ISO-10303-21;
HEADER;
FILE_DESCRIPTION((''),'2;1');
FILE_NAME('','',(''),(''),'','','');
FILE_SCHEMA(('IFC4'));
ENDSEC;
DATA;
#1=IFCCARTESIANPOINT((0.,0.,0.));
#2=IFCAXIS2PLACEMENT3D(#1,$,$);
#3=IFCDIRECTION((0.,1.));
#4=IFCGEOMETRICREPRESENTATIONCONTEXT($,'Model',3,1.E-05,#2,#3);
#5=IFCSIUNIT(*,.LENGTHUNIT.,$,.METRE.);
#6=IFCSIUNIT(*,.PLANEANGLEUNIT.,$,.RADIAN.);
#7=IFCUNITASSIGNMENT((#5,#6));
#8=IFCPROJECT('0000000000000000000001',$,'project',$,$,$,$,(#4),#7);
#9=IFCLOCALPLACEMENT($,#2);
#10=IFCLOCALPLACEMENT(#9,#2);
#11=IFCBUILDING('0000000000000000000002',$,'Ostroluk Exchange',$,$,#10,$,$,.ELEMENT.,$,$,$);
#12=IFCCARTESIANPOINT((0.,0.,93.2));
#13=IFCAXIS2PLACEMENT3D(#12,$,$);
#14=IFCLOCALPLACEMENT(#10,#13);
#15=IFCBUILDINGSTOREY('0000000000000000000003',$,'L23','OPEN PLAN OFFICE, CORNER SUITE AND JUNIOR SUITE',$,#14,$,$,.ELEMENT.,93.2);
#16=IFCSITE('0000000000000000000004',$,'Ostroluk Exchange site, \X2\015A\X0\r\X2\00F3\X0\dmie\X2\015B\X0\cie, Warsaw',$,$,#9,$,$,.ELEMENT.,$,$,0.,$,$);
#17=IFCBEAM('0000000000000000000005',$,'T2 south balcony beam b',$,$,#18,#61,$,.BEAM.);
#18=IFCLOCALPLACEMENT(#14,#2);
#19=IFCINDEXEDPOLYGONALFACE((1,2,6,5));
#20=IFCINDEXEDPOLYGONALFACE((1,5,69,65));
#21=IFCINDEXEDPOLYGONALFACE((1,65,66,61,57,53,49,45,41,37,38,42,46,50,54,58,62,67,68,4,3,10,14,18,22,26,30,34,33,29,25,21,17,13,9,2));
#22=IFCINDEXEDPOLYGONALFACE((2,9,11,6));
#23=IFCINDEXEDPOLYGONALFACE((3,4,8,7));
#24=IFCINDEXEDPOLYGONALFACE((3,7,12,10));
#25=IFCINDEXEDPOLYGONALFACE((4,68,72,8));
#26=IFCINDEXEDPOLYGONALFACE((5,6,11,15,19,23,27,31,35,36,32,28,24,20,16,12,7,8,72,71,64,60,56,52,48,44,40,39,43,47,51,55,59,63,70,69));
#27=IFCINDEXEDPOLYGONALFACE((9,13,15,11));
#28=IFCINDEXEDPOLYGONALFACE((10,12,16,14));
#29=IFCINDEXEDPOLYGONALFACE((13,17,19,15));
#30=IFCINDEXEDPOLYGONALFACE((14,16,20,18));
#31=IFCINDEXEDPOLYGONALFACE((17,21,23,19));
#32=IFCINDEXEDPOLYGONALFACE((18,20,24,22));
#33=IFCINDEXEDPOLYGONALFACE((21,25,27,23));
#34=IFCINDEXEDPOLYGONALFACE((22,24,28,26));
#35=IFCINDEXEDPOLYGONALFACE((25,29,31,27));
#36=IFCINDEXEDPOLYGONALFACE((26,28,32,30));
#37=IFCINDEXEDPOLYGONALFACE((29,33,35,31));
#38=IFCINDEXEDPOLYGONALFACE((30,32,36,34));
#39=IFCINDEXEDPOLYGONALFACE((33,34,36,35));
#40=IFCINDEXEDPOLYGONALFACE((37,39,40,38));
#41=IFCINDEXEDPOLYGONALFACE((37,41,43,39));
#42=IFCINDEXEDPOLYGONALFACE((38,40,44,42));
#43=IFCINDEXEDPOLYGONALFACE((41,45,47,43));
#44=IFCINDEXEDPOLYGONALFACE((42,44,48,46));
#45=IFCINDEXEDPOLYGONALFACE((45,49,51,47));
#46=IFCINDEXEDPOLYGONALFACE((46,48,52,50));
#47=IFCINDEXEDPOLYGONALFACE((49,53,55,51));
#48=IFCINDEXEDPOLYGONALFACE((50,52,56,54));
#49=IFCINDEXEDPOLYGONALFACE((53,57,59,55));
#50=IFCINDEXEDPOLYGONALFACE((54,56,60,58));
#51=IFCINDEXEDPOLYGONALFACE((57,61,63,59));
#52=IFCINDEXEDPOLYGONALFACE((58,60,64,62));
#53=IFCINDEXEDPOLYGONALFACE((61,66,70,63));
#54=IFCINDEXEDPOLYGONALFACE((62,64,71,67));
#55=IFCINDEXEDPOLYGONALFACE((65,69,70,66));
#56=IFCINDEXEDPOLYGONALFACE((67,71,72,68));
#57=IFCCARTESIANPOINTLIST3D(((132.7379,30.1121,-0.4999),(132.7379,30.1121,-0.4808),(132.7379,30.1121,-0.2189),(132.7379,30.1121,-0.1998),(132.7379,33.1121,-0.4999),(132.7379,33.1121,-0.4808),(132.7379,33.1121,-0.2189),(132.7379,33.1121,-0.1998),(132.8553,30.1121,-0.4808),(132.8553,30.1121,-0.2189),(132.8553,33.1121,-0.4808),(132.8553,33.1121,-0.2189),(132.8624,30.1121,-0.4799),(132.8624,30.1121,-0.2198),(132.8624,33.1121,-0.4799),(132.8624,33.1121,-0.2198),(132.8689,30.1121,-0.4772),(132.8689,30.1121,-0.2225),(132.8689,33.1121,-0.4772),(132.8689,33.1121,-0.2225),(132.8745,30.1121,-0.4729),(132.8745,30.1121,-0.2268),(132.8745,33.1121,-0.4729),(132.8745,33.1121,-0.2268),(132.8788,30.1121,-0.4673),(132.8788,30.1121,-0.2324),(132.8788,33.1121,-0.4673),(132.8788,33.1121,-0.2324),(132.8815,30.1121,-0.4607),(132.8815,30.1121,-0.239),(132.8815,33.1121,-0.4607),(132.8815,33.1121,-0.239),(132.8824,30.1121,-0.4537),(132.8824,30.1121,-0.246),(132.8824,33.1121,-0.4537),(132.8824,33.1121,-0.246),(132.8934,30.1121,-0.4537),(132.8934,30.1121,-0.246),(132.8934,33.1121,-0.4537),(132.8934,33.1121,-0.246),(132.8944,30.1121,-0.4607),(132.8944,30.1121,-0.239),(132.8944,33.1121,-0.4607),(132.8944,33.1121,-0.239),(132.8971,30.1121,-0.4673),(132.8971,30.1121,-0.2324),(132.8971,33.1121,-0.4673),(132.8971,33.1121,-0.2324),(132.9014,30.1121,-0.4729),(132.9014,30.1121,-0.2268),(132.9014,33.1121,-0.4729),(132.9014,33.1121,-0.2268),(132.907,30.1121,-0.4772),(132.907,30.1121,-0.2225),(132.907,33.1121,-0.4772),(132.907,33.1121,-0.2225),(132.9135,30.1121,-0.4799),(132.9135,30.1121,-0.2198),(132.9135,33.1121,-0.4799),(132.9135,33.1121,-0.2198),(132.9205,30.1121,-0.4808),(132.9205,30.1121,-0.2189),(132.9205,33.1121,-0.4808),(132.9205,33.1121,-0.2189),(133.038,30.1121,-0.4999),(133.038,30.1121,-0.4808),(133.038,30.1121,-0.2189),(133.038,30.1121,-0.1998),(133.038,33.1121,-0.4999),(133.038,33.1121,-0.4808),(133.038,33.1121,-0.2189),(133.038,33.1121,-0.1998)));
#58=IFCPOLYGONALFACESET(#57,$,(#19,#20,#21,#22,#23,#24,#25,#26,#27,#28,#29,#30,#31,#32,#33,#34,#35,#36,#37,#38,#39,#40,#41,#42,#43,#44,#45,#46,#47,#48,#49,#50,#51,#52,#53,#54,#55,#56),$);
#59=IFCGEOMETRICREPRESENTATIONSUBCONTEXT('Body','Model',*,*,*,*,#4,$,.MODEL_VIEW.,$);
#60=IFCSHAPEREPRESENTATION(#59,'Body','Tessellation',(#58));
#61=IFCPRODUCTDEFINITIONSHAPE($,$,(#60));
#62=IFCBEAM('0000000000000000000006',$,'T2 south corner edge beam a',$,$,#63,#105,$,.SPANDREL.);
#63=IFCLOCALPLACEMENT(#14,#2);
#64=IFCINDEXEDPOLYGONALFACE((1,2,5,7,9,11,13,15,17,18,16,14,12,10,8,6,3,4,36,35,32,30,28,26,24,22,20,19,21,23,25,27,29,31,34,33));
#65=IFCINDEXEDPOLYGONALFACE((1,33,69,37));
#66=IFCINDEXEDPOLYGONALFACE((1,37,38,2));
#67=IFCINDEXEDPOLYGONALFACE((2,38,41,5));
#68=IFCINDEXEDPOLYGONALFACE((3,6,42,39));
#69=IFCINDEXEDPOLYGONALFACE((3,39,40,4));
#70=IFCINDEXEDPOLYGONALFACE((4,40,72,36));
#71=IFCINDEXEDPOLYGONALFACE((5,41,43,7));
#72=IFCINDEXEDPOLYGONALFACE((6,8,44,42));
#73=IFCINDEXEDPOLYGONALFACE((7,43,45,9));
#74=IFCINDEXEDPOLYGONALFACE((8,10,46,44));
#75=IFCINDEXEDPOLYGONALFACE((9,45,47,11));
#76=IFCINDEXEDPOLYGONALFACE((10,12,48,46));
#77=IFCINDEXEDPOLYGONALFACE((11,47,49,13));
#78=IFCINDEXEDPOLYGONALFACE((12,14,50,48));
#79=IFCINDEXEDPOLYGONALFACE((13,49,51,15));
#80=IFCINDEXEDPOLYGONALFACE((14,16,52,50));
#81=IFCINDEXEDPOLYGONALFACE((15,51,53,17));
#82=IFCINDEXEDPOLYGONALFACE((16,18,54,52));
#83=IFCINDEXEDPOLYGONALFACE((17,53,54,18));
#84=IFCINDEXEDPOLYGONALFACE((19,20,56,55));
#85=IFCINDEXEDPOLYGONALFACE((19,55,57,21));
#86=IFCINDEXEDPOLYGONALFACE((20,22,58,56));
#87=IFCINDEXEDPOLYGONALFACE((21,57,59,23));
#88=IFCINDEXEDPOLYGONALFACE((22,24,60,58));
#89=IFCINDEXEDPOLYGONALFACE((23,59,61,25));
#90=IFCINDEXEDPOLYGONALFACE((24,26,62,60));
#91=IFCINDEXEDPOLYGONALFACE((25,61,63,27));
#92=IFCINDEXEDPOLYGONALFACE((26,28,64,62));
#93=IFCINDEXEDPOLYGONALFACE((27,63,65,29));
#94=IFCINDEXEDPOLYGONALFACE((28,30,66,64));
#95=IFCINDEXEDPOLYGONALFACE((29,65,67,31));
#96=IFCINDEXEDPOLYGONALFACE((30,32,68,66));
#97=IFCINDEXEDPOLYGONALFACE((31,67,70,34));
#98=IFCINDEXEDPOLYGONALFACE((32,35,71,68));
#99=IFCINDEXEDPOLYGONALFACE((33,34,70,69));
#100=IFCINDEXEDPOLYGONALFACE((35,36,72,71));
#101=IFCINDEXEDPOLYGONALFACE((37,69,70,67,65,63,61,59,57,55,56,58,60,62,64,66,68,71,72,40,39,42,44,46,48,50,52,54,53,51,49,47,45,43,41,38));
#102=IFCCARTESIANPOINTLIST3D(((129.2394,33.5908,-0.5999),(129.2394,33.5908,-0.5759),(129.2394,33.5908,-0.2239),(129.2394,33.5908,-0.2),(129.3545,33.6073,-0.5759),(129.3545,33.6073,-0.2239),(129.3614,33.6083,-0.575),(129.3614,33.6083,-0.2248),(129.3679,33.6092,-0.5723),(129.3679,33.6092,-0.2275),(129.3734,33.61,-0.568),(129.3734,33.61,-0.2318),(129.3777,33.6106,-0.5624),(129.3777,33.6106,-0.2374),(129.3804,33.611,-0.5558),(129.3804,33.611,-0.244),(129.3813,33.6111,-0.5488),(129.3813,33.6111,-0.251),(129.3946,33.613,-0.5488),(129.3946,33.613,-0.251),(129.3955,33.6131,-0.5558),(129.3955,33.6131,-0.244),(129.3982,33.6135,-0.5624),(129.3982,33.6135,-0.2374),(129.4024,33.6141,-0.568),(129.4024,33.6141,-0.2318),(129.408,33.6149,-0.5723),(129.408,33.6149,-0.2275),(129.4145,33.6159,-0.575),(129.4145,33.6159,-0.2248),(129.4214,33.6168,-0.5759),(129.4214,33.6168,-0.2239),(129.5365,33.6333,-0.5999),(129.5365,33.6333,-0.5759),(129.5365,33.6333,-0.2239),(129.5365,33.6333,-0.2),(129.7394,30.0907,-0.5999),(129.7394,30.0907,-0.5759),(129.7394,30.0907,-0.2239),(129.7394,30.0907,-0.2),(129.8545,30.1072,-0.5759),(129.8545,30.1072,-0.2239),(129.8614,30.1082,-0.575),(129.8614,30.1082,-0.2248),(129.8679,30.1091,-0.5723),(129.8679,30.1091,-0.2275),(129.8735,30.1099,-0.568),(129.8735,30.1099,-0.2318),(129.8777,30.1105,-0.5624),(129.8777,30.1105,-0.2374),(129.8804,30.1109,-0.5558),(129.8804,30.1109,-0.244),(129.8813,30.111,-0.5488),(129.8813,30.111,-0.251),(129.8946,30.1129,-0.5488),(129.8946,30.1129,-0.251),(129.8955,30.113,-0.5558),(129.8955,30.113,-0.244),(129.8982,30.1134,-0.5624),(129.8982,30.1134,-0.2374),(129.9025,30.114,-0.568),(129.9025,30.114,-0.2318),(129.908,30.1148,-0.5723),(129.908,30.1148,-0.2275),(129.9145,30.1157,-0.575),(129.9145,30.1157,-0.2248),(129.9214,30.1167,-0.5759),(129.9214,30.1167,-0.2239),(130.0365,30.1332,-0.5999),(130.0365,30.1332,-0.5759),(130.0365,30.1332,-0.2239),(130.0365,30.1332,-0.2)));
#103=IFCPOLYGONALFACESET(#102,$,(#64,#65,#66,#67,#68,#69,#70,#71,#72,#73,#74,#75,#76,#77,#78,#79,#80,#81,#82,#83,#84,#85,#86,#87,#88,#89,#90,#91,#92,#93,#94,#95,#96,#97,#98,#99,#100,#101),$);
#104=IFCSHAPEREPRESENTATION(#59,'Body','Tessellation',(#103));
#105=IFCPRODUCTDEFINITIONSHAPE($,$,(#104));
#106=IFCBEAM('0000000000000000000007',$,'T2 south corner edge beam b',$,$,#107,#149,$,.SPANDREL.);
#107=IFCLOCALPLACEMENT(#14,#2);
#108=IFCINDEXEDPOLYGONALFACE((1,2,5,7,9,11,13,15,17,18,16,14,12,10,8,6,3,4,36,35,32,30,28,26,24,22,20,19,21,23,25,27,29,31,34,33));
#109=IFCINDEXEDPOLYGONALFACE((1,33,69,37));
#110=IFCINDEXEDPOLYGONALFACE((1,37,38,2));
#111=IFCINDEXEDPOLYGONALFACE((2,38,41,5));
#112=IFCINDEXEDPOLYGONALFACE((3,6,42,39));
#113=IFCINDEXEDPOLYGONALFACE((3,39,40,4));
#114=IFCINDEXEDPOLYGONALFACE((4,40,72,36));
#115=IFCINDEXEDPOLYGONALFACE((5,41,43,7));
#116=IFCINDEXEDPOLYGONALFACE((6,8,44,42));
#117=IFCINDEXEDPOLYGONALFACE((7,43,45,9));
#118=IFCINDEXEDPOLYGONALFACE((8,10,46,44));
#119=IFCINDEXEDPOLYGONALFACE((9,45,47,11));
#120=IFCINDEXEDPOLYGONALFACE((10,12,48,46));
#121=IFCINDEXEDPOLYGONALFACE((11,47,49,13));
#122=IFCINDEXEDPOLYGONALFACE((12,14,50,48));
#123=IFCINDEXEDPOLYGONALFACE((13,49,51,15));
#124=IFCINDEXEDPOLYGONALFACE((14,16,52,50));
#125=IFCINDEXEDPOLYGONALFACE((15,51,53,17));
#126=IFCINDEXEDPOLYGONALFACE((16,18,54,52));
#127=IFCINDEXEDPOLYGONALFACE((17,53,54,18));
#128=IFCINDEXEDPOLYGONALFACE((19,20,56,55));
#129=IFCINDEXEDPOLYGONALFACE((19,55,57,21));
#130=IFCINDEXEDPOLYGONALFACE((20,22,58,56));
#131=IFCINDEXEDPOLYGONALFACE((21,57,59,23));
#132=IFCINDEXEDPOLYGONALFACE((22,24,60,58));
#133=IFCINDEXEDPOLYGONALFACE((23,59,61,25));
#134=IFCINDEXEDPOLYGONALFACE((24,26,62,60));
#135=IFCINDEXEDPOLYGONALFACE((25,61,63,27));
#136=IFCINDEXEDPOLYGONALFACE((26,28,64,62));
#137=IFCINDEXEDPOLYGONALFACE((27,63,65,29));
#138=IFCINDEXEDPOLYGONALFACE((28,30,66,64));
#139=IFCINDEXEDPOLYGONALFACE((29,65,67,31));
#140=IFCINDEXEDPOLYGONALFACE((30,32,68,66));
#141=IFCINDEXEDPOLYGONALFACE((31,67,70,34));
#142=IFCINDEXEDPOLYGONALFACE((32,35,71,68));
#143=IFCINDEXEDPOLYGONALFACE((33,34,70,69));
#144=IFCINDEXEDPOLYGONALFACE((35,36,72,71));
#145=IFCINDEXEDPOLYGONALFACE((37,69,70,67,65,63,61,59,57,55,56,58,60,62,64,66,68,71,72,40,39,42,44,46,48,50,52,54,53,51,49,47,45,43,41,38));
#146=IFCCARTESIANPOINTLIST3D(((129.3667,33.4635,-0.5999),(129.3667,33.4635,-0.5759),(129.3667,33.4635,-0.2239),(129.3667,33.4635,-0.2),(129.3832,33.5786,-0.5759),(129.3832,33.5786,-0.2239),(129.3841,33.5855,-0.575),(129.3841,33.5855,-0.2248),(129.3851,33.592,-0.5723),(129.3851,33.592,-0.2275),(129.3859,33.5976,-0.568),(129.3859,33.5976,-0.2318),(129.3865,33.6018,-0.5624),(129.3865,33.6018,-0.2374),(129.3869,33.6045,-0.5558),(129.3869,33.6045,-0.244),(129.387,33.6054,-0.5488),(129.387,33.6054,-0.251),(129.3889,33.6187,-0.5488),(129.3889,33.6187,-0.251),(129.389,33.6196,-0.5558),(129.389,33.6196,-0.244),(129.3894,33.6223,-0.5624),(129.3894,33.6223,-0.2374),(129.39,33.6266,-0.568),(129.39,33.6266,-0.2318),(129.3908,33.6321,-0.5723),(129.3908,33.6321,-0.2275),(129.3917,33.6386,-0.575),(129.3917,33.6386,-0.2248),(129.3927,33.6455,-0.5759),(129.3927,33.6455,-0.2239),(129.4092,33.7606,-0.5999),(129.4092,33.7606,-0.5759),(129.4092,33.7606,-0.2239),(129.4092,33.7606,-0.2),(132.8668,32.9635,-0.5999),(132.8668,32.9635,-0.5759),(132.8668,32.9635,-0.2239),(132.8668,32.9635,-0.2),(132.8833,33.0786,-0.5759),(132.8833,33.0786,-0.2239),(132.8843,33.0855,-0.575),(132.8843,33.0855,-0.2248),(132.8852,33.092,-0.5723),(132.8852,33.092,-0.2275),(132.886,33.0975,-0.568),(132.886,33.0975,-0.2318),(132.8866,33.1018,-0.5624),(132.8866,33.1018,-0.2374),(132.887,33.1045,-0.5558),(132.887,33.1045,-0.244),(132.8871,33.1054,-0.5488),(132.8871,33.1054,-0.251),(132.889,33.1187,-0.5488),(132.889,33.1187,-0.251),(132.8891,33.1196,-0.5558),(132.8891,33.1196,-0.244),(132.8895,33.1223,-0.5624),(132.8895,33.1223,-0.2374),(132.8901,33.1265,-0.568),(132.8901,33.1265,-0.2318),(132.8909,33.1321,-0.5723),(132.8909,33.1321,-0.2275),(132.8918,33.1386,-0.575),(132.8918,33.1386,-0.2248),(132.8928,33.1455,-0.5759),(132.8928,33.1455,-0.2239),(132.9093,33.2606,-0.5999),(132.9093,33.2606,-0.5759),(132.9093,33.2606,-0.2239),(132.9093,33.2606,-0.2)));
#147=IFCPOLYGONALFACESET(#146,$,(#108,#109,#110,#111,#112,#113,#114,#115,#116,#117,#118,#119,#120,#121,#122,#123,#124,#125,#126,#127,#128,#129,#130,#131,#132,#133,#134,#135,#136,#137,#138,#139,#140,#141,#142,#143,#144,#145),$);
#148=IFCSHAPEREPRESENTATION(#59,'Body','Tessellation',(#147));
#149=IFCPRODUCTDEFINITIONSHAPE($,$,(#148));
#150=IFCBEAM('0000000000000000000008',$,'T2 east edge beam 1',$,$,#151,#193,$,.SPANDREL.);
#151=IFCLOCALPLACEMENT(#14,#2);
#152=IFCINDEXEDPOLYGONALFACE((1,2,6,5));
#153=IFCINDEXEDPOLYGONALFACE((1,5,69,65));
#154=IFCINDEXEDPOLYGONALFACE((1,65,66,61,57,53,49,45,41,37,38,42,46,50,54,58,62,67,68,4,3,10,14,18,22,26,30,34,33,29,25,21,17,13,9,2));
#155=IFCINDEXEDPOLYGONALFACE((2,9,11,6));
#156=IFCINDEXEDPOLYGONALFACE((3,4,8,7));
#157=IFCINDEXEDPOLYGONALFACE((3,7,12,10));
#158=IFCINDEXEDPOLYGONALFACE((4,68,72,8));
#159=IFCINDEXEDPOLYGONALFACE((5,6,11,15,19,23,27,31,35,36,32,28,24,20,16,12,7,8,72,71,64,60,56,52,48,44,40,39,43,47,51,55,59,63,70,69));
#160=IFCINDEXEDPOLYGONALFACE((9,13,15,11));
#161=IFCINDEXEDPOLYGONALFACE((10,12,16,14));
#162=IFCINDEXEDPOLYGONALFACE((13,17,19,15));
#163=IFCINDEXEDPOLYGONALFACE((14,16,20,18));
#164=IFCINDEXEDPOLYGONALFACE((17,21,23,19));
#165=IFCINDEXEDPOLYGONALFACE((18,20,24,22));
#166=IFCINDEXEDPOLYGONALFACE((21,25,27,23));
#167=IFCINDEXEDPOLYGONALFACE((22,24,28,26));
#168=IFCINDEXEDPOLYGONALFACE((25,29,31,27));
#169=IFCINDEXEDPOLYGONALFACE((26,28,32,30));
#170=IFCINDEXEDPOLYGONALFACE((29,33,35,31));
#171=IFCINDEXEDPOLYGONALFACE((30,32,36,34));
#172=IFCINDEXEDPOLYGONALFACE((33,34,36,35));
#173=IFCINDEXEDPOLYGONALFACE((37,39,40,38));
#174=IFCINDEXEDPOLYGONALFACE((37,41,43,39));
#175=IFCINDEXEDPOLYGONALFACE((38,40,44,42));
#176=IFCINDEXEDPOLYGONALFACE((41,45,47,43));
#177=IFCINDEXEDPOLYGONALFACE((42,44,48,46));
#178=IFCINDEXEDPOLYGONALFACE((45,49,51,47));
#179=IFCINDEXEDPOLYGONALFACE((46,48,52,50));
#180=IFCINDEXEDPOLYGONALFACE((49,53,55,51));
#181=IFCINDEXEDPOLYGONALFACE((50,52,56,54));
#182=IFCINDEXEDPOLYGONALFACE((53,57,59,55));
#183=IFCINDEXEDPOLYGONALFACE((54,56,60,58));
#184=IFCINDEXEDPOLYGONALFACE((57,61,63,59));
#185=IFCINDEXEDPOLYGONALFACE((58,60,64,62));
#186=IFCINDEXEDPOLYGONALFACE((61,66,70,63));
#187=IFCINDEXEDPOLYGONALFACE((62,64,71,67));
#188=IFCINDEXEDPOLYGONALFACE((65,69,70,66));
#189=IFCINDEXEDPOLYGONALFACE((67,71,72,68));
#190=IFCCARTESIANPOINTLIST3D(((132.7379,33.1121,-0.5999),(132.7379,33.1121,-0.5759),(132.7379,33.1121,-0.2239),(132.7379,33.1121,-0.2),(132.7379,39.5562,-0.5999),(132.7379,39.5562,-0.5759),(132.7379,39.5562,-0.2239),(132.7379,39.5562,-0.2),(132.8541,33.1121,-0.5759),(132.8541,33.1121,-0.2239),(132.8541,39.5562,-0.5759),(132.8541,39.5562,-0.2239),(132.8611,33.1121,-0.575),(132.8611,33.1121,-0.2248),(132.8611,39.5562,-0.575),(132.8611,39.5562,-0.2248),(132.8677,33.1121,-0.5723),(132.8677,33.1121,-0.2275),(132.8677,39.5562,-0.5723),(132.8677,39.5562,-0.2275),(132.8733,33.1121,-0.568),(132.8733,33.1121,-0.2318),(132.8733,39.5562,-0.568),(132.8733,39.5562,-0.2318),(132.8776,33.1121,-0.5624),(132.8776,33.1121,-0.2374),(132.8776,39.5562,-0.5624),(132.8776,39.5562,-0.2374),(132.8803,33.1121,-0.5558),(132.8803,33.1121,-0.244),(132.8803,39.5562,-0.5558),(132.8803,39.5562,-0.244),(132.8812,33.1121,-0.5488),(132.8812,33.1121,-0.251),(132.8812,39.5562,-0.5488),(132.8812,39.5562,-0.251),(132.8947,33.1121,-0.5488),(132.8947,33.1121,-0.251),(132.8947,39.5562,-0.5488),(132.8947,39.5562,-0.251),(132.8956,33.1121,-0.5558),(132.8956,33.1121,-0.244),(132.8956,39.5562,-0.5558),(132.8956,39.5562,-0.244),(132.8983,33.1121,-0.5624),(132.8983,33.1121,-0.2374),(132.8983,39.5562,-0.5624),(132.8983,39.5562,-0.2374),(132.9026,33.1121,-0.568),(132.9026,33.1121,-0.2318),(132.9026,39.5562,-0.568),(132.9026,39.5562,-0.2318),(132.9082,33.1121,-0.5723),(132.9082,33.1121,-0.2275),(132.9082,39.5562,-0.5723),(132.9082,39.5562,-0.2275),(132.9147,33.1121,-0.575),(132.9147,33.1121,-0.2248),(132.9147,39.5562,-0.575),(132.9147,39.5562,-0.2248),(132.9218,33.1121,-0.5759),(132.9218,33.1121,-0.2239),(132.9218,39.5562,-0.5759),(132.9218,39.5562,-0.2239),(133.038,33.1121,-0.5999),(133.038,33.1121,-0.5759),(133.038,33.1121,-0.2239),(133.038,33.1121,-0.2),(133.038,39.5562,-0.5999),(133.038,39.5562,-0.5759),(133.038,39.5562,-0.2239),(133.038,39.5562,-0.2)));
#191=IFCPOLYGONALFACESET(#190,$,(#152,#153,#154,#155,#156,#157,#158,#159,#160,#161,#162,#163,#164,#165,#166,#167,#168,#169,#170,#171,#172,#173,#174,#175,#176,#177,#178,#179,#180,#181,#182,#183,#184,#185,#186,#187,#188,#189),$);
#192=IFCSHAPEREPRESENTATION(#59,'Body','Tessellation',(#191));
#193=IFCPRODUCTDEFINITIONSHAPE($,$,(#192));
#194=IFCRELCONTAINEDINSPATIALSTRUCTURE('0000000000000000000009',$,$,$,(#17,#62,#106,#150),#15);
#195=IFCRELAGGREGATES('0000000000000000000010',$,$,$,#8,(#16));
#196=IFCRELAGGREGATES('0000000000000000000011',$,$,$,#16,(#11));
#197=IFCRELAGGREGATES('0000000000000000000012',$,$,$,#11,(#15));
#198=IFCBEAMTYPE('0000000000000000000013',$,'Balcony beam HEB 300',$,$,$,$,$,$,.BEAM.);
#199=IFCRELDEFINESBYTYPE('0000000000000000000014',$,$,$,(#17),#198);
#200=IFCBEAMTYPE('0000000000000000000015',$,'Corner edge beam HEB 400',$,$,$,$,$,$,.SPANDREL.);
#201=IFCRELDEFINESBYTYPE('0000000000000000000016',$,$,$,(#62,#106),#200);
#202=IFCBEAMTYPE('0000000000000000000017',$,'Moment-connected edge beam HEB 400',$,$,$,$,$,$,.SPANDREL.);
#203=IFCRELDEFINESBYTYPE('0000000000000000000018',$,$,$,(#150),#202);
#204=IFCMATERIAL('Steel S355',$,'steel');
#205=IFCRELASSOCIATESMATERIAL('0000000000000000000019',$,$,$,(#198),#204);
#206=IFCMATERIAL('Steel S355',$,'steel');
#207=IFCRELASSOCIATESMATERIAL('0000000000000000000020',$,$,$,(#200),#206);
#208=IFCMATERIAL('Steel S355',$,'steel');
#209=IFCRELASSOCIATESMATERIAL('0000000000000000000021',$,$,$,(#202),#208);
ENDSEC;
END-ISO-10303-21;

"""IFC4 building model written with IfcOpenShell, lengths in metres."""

from ifc_helpers import new_model, si_unit, direction, frame, origin, origin_2d, place, context, subcontext, project, spatial, i_section, extrude, material, material_profile, profile_set, type_object, element, save


model = new_model("IFC4")

# Units and contexts
model_context = context("Model", 3, precision=1e-05, world=origin(), true_north=direction((0.0, 1.0)))
body_context = subcontext(model_context, "Body", "Model", "MODEL_VIEW")
ifc_project = project(units=[si_unit("LENGTHUNIT", "METRE"), si_unit("PLANEANGLEUNIT", "RADIAN")], contexts=[model_context])

# Site, building, storey
site_placement = place(None, origin())
site = spatial("IfcSite", under=ifc_project, at=site_placement, Name="Ostroluk Exchange site, Śródmieście, Warsaw", CompositionType="ELEMENT", RefElevation=0.0)
building_placement = place(site_placement, origin())
building = spatial("IfcBuilding", under=site, at=building_placement, Name="Ostroluk Exchange", CompositionType="ELEMENT")
storey_placement = place(building_placement, frame((0.0, 0.0, 93.2)))
storey = spatial("IfcBuildingStorey", under=building, at=storey_placement, Name="L23", Description="OPEN PLAN OFFICE, CORNER SUITE AND JUNIOR SUITE", CompositionType="ELEMENT", Elevation=93.2)

# Beams
ifc_material_1 = material(Name="Steel S355", Category="steel")
ifc_material_profile_1 = material_profile(ifc_material_1, i_section(OverallWidth=0.3, OverallDepth=0.3, WebThickness=0.011, FlangeThickness=0.019, FilletRadius=0.0271, at=origin_2d()), Name="HEB 300")
ifc_profile_set_1 = profile_set([ifc_material_profile_1], Name="Steel S355")
beam_type_1 = type_object("IfcBeamType", Name="Balcony beam HEB 300", PredefinedType="BEAM", material=ifc_profile_set_1)
for number, where, z_axis, x_axis, name in (
    (1, (132.8879, 33.1121, -0.3499), (0.0, -1.0, 0.0), (1.0, 0.0, 0.0), "T2 south balcony beam b"),
):
    element("IfcBeam", number, at=place(storey_placement, frame(where, z_axis=z_axis, x_axis=x_axis)), inside=storey, type_object=beam_type_1, Name=name, PredefinedType="BEAM", context=body_context, shape_type="SweptSolid", body=[
        extrude(i_section(OverallWidth=0.3, OverallDepth=0.3, WebThickness=0.011, FlangeThickness=0.019, FilletRadius=0.0271, at=origin_2d()), origin(), (0.0, 0.0, 1.0), 3.0),
    ])
ifc_material_2 = material(Name="Steel S355", Category="steel")
ifc_material_profile_2 = material_profile(ifc_material_2, i_section(OverallWidth=0.3, OverallDepth=0.3999, WebThickness=0.0134, FlangeThickness=0.0239, FilletRadius=0.0271, at=origin_2d()), Name="HEB 400")
ifc_profile_set_2 = profile_set([ifc_material_profile_2], Name="Steel S355")
beam_type_2 = type_object("IfcBeamType", Name="Corner edge beam HEB 400", PredefinedType="SPANDREL", material=ifc_profile_set_2)
for number, where, z_axis, x_axis, name in (
    (2, (129.3879, 33.6121, -0.3999), (0.141421, -0.989949, 0.0), (0.989949, 0.141421, 0.0), "T2 south corner edge beam a"),
    (3, (129.3879, 33.6121, -0.3999), (0.989949, -0.141421, 0.0), (0.141421, 0.989949, 0.0), "T2 south corner edge beam b"),
):
    element("IfcBeam", number, at=place(storey_placement, frame(where, z_axis=z_axis, x_axis=x_axis)), inside=storey, type_object=beam_type_2, Name=name, PredefinedType="SPANDREL", context=body_context, shape_type="SweptSolid", body=[
        extrude(i_section(OverallWidth=0.3, OverallDepth=0.3999, WebThickness=0.0134, FlangeThickness=0.0239, FilletRadius=0.0271, at=origin_2d()), origin(), (0.0, 0.0, 1.0), 3.5356),
    ])
ifc_material_3 = material(Name="Steel S355", Category="steel")
ifc_material_profile_3 = material_profile(ifc_material_3, i_section(OverallWidth=0.3, OverallDepth=0.3999, WebThickness=0.0134, FlangeThickness=0.0239, FilletRadius=0.0271, at=origin_2d()), Name="HEB 400")
ifc_profile_set_3 = profile_set([ifc_material_profile_3], Name="Steel S355")
beam_type_3 = type_object("IfcBeamType", Name="Moment-connected edge beam HEB 400", PredefinedType="SPANDREL", material=ifc_profile_set_3)
beam_placement = place(storey_placement, frame((132.8879, 33.1121, -0.3999), z_axis=(0.0, 1.0, 0.0), x_axis=(-1.0, 0.0, 0.0)))
element("IfcBeam", 4, at=beam_placement, inside=storey, type_object=beam_type_3, Name="T2 east edge beam 1", PredefinedType="SPANDREL", context=body_context, shape_type="SweptSolid", body=[
    extrude(i_section(OverallWidth=0.3, OverallDepth=0.3999, WebThickness=0.0134, FlangeThickness=0.0239, FilletRadius=0.0271, at=origin_2d()), origin(), (0.0, 0.0, 1.0), 6.4441),
])

save(model, "model.ifc")
